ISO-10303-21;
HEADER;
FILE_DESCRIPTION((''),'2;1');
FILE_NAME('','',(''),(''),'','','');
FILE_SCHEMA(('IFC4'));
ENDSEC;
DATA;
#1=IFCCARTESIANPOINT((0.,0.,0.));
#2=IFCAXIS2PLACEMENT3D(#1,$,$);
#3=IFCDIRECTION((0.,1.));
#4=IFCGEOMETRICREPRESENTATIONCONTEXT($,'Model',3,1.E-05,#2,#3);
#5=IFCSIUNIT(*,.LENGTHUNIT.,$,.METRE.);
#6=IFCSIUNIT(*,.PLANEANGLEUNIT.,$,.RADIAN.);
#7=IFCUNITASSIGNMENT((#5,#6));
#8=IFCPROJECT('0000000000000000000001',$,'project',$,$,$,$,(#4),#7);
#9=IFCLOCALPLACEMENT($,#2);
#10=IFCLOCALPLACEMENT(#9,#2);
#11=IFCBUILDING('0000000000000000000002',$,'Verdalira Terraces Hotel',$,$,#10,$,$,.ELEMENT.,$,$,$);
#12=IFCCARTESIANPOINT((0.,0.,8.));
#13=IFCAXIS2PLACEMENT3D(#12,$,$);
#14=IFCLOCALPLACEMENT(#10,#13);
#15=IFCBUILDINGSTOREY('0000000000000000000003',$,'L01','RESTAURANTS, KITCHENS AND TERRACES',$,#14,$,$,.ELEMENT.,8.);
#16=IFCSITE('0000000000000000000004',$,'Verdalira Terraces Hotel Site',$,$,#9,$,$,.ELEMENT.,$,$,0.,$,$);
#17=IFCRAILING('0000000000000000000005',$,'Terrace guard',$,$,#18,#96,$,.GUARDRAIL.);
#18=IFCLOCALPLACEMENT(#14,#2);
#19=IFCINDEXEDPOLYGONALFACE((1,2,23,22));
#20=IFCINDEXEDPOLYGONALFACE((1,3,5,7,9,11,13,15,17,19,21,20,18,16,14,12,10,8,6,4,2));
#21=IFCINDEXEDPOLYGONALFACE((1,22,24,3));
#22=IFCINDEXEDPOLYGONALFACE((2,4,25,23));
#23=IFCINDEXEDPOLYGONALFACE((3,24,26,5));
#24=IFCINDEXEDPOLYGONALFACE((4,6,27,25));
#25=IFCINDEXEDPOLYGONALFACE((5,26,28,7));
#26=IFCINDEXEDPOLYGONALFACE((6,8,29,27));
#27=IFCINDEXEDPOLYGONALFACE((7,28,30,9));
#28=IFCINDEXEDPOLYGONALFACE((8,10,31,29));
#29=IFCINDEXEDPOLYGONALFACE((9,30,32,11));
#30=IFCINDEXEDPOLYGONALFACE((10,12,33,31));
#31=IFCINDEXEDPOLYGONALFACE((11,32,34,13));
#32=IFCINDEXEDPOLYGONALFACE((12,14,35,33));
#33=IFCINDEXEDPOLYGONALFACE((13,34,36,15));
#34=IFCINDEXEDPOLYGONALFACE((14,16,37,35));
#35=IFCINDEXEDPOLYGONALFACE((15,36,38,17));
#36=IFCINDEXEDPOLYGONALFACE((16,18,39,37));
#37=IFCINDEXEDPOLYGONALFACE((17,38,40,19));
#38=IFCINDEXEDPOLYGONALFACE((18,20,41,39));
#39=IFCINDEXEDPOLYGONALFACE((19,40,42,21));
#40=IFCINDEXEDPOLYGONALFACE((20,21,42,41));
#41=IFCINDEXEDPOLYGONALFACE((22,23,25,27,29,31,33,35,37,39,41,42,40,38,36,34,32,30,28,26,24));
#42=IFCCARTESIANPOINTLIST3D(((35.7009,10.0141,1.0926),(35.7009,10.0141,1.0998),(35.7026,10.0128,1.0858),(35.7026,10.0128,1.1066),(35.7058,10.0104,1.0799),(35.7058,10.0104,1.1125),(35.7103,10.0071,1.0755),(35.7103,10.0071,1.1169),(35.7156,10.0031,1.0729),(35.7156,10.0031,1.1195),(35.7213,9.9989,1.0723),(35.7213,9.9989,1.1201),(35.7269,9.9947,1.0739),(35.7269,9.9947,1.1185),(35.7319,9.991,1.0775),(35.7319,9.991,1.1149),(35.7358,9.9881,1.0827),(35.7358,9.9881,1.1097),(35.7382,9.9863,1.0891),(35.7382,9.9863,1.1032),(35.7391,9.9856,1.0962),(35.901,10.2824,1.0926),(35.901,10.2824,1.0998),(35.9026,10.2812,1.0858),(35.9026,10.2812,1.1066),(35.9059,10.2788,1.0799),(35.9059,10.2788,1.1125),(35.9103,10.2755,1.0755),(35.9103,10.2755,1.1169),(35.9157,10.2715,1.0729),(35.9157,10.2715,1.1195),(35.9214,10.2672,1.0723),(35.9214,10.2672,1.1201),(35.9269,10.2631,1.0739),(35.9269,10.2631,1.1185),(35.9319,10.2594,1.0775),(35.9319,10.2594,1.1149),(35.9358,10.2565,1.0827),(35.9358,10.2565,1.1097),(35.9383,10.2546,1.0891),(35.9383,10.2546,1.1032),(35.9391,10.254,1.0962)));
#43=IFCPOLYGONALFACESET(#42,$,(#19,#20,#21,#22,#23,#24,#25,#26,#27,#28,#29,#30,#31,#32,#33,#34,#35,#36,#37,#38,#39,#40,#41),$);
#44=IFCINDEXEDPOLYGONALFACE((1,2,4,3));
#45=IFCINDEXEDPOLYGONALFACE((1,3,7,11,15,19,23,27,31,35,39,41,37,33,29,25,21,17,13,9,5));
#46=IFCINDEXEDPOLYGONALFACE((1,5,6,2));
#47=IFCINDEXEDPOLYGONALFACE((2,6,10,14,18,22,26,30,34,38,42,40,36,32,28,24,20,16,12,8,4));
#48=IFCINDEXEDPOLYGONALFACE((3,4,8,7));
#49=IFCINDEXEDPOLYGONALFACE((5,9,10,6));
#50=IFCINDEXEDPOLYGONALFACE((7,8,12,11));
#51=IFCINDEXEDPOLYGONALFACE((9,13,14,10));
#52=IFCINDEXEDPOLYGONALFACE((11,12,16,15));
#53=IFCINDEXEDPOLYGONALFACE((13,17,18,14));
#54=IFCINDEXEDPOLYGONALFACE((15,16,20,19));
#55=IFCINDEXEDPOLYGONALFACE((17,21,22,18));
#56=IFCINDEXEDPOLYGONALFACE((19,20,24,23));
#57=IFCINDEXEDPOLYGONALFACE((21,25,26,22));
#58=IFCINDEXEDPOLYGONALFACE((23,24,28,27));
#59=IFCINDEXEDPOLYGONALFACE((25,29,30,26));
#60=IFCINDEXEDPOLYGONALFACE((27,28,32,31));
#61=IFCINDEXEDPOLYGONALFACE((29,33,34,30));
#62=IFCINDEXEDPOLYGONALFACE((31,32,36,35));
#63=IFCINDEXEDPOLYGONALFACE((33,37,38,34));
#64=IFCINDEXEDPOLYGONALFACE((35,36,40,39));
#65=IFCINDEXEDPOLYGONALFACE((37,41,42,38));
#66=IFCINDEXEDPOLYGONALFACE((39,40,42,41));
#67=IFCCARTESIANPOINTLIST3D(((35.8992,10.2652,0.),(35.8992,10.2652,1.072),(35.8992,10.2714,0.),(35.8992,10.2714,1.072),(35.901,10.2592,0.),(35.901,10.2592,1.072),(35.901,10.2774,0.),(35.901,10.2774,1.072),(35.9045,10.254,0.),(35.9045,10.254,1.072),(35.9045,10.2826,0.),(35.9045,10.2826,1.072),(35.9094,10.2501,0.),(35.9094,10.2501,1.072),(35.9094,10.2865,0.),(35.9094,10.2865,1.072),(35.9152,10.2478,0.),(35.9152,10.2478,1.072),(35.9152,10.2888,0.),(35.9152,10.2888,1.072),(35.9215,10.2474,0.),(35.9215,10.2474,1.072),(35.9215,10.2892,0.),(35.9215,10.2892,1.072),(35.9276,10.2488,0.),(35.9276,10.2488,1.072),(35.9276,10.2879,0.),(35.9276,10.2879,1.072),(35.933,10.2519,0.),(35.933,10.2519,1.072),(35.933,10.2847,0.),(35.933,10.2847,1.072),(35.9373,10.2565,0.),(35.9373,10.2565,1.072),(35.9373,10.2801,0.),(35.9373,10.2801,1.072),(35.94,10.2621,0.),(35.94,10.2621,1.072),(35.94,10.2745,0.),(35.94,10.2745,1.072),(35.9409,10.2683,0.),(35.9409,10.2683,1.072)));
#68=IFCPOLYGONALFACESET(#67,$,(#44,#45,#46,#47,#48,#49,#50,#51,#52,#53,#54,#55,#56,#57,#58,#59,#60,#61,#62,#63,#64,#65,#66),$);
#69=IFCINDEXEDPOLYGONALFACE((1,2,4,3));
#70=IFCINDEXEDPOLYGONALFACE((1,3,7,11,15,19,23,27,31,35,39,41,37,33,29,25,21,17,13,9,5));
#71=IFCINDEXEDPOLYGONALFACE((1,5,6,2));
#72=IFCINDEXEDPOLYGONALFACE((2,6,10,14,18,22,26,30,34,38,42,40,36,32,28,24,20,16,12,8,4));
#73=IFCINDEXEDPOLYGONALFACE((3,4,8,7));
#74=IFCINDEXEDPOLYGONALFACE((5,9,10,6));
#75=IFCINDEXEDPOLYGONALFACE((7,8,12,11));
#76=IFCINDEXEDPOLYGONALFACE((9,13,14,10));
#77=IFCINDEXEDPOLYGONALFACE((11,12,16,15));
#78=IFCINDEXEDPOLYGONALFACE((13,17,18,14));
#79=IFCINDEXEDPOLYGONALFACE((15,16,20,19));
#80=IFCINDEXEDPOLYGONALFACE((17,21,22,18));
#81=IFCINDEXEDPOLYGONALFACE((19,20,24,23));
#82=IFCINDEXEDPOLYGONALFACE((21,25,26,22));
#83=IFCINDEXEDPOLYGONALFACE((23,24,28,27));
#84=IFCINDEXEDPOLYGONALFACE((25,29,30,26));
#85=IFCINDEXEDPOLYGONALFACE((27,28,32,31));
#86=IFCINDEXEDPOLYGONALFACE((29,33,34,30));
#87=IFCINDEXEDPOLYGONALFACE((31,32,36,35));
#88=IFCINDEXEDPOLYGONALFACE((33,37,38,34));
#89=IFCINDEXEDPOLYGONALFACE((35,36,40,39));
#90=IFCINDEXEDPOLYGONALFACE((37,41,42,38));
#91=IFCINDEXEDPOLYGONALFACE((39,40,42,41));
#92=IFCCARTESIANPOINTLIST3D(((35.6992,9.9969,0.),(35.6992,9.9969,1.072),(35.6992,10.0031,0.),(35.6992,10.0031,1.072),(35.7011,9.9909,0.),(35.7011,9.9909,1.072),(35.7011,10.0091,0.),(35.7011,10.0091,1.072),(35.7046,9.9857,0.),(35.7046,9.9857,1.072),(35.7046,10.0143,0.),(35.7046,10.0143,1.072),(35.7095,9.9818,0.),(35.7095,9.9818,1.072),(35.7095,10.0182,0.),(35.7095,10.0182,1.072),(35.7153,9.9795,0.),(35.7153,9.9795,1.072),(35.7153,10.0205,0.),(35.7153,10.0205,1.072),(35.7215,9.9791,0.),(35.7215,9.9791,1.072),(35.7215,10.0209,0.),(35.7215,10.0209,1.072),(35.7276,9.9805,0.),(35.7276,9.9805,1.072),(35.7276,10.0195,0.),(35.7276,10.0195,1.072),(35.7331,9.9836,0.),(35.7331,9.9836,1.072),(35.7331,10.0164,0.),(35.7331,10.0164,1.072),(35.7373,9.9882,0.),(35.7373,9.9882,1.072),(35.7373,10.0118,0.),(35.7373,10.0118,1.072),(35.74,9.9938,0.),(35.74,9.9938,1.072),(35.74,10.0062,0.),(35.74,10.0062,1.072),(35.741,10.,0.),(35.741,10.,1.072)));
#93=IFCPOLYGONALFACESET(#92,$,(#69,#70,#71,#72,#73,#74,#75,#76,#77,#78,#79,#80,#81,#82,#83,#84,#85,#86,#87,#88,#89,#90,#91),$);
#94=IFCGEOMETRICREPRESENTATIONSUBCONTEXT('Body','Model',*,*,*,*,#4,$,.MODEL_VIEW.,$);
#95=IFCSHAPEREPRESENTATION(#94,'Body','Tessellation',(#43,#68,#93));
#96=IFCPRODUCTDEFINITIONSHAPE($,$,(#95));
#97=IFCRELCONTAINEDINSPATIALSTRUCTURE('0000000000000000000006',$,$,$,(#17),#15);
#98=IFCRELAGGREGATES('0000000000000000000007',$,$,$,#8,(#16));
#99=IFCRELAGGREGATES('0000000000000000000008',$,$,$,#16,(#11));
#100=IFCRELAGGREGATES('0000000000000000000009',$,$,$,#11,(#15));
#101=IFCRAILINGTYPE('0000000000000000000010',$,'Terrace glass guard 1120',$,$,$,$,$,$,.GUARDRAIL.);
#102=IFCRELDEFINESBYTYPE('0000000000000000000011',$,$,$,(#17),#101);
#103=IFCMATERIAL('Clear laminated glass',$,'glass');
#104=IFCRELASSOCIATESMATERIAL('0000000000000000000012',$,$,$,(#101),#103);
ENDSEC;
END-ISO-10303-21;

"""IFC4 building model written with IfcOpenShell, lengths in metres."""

from ifc_helpers import new_model, si_unit, direction, frame, origin, origin_2d, place, context, subcontext, project, spatial, circle, extrude, material, type_object, element, save


model = new_model("IFC4")

# Units and contexts
model_context = context("Model", 3, precision=1e-05, world=origin(), true_north=direction((0.0, 1.0)))
body_context = subcontext(model_context, "Body", "Model", "MODEL_VIEW")
ifc_project = project(units=[si_unit("LENGTHUNIT", "METRE"), si_unit("PLANEANGLEUNIT", "RADIAN")], contexts=[model_context])

# Site, building, storey
site_placement = place(None, origin())
site = spatial("IfcSite", under=ifc_project, at=site_placement, Name="Verdalira Terraces Hotel Site", CompositionType="ELEMENT", RefElevation=0.0)
building_placement = place(site_placement, origin())
building = spatial("IfcBuilding", under=site, at=building_placement, Name="Verdalira Terraces Hotel", CompositionType="ELEMENT")
storey_placement = place(building_placement, frame((0.0, 0.0, 8.0)))
storey = spatial("IfcBuildingStorey", under=building, at=storey_placement, Name="L01", Description="RESTAURANTS, KITCHENS AND TERRACES", CompositionType="ELEMENT", Elevation=8.0)

# Railing
ifc_material_1 = material(Name="Clear laminated glass", Category="glass")
railing_type_1 = type_object("IfcRailingType", Name="Terrace glass guard 1120", PredefinedType="GUARDRAIL", material=ifc_material_1)
railing_1_placement = place(storey_placement, frame((35.9199, 10.2683, 0.0)))
element("IfcRailing", 1, at=railing_1_placement, inside=storey, type_object=railing_type_1, Name="Terrace guard", PredefinedType="GUARDRAIL", context=body_context, shape_type="SweptSolid", body=[
    extrude(circle(Radius=0.0239, at=origin_2d()), frame((0.0, 0.0, 1.0962), z_axis=(-0.597546, -0.801835, 0.0), x_axis=(0.801835, -0.597546, 0.0)), (0.0, 0.0, 1.0), 0.3347),
    extrude(circle(Radius=0.021, at=origin_2d()), origin(), (0.0, 0.0, 1.0), 1.072),
    extrude(circle(Radius=0.021, at=origin_2d()), frame((-0.2, -0.2683, 0.0)), (0.0, 0.0, 1.0), 1.072),
])

save(model, "model.ifc")
